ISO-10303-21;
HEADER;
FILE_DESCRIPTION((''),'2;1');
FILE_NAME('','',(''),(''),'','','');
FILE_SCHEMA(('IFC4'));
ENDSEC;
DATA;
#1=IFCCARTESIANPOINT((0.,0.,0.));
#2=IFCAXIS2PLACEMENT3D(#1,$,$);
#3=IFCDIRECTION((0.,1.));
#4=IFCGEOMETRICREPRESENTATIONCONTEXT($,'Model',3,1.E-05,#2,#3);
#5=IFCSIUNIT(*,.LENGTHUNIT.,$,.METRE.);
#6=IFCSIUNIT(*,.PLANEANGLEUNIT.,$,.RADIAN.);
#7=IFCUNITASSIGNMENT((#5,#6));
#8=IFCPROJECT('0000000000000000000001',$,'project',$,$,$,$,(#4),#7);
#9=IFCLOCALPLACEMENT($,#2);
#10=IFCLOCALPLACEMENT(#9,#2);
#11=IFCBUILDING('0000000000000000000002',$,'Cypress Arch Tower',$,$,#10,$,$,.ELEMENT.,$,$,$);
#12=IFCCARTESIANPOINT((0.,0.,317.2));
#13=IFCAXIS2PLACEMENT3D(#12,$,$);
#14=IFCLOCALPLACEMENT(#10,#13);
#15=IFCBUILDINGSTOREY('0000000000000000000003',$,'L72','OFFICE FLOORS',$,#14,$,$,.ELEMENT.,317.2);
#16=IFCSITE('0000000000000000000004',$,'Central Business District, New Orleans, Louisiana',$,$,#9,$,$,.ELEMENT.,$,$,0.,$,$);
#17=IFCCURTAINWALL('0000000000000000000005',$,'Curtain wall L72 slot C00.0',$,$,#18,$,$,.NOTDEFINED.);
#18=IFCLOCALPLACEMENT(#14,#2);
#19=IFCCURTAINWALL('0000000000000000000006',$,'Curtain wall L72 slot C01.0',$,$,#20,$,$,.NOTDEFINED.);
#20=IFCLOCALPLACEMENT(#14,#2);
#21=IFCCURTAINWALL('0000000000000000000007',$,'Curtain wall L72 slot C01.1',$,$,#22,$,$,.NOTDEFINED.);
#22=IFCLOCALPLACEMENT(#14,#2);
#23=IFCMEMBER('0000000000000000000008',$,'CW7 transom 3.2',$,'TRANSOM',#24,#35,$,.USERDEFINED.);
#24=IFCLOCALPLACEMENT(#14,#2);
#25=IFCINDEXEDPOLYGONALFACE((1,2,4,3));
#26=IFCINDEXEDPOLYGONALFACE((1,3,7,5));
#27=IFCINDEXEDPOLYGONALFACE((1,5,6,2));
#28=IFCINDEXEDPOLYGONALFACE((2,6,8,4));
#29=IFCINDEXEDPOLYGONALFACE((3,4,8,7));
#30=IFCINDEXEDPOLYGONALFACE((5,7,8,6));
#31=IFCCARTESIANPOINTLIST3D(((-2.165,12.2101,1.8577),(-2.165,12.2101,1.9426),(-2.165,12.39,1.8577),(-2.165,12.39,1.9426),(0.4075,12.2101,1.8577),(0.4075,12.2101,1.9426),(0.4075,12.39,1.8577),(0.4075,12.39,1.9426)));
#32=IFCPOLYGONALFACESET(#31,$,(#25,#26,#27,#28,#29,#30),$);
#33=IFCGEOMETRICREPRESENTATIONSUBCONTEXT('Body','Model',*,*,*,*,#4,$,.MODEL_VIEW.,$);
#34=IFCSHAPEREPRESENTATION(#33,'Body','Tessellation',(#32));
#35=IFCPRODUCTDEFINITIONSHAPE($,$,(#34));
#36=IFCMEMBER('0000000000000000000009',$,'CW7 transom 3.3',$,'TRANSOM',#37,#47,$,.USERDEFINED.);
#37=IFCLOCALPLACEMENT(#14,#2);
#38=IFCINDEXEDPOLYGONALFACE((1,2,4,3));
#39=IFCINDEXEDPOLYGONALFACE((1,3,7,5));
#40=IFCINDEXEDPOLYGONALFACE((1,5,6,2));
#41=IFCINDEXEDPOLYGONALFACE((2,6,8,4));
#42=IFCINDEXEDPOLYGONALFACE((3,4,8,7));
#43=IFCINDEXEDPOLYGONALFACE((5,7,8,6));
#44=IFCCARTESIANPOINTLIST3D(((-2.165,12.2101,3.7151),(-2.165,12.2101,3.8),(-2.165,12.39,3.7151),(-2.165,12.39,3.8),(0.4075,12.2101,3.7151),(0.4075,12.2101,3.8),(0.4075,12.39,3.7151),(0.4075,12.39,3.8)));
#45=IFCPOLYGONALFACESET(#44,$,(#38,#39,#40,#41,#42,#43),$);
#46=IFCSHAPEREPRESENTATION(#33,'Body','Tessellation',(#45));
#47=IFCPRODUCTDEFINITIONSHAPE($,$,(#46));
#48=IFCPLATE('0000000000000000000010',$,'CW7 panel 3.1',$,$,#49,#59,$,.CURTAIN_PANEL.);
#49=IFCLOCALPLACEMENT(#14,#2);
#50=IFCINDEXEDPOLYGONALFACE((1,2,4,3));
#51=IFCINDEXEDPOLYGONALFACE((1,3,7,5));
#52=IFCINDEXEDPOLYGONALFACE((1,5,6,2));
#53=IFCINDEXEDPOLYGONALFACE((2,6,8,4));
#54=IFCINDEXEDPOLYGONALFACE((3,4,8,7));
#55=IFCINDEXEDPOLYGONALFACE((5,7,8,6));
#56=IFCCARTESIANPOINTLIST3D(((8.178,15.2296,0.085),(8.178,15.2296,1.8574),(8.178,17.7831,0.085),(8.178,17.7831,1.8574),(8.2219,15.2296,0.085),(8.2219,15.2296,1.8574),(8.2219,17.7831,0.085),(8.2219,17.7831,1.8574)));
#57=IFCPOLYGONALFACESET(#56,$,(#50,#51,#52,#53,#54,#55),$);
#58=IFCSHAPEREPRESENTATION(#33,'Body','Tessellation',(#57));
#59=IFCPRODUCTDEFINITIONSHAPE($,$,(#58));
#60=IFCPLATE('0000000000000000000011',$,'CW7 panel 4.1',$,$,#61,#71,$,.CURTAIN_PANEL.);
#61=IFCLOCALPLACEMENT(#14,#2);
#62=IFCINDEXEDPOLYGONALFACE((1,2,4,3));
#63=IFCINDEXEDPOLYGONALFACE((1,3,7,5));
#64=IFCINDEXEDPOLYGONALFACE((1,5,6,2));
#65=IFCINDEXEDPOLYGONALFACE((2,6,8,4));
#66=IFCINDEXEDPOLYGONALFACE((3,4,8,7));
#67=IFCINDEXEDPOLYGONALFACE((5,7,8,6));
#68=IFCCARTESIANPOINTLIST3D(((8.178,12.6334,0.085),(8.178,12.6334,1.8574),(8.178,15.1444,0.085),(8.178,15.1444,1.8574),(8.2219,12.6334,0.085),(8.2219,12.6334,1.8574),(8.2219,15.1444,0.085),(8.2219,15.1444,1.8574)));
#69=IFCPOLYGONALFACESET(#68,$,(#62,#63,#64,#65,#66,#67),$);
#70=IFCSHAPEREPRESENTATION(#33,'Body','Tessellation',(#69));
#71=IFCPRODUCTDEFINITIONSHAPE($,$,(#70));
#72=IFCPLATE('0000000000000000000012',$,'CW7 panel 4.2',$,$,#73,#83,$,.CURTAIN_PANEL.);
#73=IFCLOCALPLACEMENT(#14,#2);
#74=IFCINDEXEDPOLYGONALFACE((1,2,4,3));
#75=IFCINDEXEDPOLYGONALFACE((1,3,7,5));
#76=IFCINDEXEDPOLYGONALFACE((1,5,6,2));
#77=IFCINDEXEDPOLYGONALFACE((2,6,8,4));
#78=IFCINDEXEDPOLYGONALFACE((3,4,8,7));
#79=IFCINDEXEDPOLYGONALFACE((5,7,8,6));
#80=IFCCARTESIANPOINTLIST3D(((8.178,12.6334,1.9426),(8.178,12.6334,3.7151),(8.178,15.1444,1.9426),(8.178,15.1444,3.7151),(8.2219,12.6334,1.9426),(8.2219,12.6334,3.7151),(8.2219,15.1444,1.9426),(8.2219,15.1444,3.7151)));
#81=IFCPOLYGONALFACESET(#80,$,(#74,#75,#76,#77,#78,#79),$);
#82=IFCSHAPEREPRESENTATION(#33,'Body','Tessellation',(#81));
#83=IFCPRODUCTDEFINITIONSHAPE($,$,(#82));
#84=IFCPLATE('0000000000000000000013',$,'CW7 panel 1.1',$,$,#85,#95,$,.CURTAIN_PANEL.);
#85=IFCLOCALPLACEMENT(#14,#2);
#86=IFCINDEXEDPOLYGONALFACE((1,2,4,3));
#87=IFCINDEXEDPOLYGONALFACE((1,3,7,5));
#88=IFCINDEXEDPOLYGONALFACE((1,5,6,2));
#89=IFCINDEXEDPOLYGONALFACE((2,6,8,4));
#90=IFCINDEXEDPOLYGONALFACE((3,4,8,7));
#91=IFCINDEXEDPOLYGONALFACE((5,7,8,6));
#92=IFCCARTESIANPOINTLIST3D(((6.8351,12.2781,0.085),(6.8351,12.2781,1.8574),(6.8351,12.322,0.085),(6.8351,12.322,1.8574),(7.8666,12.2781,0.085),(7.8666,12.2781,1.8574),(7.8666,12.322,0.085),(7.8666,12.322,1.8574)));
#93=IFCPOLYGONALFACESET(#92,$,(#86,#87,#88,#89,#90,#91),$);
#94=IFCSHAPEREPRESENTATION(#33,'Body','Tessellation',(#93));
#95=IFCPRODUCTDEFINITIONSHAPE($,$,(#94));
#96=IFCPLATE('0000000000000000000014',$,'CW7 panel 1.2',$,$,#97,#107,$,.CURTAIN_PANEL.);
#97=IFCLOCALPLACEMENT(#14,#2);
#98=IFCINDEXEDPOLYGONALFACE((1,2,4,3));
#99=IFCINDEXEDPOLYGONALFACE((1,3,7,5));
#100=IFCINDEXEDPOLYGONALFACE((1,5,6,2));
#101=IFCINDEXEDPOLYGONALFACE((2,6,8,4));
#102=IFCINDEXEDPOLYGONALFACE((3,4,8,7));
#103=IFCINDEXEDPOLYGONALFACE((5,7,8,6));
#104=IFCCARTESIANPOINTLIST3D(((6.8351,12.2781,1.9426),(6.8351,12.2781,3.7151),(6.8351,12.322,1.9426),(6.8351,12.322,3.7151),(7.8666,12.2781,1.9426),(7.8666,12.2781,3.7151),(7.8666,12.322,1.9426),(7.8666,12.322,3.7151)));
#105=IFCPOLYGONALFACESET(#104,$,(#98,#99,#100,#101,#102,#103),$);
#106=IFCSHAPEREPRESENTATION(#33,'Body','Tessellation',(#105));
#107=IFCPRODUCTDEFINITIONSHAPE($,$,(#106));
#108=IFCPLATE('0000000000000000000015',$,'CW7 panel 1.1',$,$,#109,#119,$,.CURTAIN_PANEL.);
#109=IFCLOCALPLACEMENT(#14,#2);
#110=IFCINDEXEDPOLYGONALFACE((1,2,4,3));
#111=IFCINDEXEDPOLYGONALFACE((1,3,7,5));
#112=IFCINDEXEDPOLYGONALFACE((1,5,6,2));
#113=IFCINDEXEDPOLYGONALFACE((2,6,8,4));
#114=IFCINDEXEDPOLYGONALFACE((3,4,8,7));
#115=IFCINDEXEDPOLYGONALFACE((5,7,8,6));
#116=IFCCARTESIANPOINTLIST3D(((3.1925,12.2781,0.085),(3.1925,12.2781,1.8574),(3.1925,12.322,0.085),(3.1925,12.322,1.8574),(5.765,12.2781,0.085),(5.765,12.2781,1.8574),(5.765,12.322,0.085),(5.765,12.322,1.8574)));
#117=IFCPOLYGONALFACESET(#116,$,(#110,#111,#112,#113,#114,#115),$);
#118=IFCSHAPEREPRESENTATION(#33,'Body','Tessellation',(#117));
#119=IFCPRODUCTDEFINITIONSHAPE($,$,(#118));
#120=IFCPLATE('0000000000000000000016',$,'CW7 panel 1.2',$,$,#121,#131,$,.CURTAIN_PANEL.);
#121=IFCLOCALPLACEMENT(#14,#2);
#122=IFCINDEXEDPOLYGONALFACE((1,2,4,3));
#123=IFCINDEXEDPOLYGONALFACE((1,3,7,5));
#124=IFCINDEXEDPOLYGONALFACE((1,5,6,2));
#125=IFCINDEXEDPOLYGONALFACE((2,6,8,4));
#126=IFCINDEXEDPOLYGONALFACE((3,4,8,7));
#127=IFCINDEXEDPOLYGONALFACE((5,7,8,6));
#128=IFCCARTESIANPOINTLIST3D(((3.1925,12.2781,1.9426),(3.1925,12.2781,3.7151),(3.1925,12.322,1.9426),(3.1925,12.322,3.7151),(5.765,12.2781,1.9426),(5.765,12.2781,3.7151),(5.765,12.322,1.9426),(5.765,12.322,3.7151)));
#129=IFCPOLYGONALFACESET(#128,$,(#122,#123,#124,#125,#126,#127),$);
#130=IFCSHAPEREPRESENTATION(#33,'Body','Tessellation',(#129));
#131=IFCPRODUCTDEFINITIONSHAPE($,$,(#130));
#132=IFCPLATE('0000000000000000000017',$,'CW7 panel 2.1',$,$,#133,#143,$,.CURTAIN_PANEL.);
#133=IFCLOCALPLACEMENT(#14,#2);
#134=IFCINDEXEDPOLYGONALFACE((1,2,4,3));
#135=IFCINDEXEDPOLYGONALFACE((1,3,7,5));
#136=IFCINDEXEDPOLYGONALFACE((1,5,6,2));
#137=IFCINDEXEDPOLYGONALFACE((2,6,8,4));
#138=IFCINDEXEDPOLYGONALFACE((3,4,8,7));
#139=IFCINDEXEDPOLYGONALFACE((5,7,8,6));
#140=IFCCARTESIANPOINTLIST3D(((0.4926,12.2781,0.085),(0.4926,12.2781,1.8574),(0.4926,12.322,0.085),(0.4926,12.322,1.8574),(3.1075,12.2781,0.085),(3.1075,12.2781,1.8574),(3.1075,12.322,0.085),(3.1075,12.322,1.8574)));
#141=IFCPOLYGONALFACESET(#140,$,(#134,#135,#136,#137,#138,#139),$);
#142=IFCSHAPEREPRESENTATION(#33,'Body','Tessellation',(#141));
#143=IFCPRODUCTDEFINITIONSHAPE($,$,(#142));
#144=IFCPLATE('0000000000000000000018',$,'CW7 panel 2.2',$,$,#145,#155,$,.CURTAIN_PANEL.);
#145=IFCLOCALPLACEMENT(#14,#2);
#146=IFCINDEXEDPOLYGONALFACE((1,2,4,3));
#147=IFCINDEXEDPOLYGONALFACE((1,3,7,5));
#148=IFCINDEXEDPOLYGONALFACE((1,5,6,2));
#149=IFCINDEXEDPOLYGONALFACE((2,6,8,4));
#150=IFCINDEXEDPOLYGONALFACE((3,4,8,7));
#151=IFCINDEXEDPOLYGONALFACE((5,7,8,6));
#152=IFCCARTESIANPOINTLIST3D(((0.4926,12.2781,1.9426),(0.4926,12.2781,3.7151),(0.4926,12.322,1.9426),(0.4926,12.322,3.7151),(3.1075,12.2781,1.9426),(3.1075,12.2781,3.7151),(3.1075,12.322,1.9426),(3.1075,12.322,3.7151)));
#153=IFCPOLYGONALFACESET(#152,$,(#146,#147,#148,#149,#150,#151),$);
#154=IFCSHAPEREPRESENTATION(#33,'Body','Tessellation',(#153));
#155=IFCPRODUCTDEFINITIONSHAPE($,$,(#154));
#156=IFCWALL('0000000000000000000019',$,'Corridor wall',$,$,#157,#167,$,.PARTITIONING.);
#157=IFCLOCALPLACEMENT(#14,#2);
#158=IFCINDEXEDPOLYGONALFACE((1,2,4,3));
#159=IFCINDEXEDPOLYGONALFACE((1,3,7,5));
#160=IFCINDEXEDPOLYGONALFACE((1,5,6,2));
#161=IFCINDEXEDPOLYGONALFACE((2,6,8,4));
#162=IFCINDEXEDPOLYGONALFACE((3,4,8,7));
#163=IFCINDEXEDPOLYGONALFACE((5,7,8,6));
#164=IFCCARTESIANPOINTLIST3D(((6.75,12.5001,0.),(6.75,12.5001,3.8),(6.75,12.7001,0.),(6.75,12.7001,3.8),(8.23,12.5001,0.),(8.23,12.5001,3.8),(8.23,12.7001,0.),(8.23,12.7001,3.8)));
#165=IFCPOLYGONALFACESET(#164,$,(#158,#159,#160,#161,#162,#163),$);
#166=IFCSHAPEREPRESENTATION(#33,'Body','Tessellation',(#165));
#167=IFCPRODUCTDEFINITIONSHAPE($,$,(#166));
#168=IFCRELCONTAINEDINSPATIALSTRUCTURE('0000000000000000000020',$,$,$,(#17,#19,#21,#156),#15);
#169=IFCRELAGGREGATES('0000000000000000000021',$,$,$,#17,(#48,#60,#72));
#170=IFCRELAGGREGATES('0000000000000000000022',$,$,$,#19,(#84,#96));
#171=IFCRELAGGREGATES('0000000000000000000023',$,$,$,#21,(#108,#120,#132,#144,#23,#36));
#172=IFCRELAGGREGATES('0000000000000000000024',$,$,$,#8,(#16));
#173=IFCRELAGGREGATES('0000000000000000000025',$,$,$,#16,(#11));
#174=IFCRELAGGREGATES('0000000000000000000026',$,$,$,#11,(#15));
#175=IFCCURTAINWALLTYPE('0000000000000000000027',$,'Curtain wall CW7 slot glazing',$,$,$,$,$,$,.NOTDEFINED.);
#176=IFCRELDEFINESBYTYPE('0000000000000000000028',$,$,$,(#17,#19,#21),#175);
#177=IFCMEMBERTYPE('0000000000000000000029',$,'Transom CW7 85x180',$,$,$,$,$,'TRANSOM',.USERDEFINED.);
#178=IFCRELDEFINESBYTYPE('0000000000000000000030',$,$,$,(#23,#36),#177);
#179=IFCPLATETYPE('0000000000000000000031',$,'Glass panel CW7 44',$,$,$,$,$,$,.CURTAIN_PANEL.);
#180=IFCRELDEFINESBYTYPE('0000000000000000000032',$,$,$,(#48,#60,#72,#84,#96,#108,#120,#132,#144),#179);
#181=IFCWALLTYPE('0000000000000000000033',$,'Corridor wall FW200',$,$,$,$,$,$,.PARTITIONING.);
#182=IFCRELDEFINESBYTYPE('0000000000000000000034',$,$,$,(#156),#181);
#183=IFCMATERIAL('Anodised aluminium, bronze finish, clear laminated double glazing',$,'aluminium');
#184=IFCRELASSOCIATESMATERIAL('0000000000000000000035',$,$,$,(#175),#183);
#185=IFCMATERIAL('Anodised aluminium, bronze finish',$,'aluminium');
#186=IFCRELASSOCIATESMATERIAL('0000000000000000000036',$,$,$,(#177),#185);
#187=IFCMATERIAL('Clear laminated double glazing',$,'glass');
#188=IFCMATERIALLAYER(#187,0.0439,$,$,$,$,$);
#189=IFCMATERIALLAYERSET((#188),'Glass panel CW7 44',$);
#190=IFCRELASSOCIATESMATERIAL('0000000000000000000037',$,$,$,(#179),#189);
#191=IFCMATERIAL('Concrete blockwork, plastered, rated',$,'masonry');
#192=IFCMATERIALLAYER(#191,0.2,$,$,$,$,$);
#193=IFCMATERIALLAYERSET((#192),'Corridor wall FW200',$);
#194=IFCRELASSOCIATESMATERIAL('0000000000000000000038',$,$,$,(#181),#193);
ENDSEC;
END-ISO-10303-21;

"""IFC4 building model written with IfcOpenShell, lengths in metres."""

from ifc_helpers import new_model, si_unit, direction, frame, frame_2d, origin, origin_2d, place, context, subcontext, project, spatial, rectangle, extrude, material, layer, layer_set, material_profile, profile_set, type_object, element, aggregate, save


model = new_model("IFC4")

# Units and contexts
model_context = context("Model", 3, precision=1e-05, world=origin(), true_north=direction((0.0, 1.0)))
body_context = subcontext(model_context, "Body", "Model", "MODEL_VIEW")
ifc_project = project(units=[si_unit("LENGTHUNIT", "METRE"), si_unit("PLANEANGLEUNIT", "RADIAN")], contexts=[model_context])

# Site, building, storey
site_placement = place(None, origin())
site = spatial("IfcSite", under=ifc_project, at=site_placement, Name="Central Business District, New Orleans, Louisiana", CompositionType="ELEMENT", RefElevation=0.0)
building_placement = place(site_placement, origin())
building = spatial("IfcBuilding", under=site, at=building_placement, Name="Cypress Arch Tower", CompositionType="ELEMENT")
storey_placement = place(building_placement, frame((0.0, 0.0, 317.2)))
storey = spatial("IfcBuildingStorey", under=building, at=storey_placement, Name="L72", Description="OFFICE FLOORS", CompositionType="ELEMENT", Elevation=317.2)

# Curtain walls
ifc_material_1 = material(Name="Anodised aluminium, bronze finish, clear laminated double glazing", Category="aluminium")
curtain_wall_type = type_object("IfcCurtainWallType", Name="Curtain wall CW7 slot glazing", PredefinedType="NOTDEFINED", material=ifc_material_1)
curtain_wall_1_placement = place(storey_placement, origin())
curtain_wall_1 = element("IfcCurtainWall", 1, at=curtain_wall_1_placement, inside=storey, type_object=curtain_wall_type, Name="Curtain wall L72 slot C00.0", PredefinedType="NOTDEFINED")
curtain_wall_2_placement = place(storey_placement, origin())
curtain_wall_2 = element("IfcCurtainWall", 2, at=curtain_wall_2_placement, inside=storey, type_object=curtain_wall_type, Name="Curtain wall L72 slot C01.0", PredefinedType="NOTDEFINED")
curtain_wall_3_placement = place(storey_placement, origin())
curtain_wall_3 = element("IfcCurtainWall", 3, at=curtain_wall_3_placement, inside=storey, type_object=curtain_wall_type, Name="Curtain wall L72 slot C01.1", PredefinedType="NOTDEFINED")

# Members
ifc_material_2 = material(Name="Anodised aluminium, bronze finish", Category="aluminium")
ifc_material_profile_1 = material_profile(ifc_material_2, rectangle(XDim=0.1799, YDim=0.085, at=origin_2d()), Name="Transom 85x180")
ifc_profile_set_1 = profile_set([ifc_material_profile_1], Name="Anodised aluminium, bronze finish")
member_type_1 = type_object("IfcMemberType", Name="Transom CW7 85x180", ElementType="TRANSOM", PredefinedType="USERDEFINED", material=ifc_profile_set_1)
member_1_placement = place(storey_placement, frame((0.4075, 12.3, 1.9001), z_axis=(-1.0, 0.0, 0.0), x_axis=(0.0, -1.0, 0.0)))
member_1 = element("IfcMember", 4, at=member_1_placement, type_object=member_type_1, Name="CW7 transom 3.2", ObjectType="TRANSOM", PredefinedType="USERDEFINED", context=body_context, shape_type="SweptSolid", body=[
    extrude(rectangle(XDim=0.1799, YDim=0.085, at=origin_2d()), origin(), (0.0, 0.0, 1.0), 2.5725),
])
member_2_placement = place(storey_placement, frame((0.4075, 12.3, 3.7576), z_axis=(-1.0, 0.0, 0.0), x_axis=(0.0, -1.0, 0.0)))
member_2 = element("IfcMember", 5, at=member_2_placement, type_object=member_type_1, Name="CW7 transom 3.3", ObjectType="TRANSOM", PredefinedType="USERDEFINED", context=body_context, shape_type="SweptSolid", body=[
    extrude(rectangle(XDim=0.1799, YDim=0.085, at=origin_2d()), origin(), (0.0, 0.0, 1.0), 2.5725),
])

# Plates
ifc_material_3 = material(Name="Clear laminated double glazing", Category="glass")
ifc_layer_1 = layer(ifc_material_3, 0.0439)
ifc_layer_set_1 = layer_set([ifc_layer_1], Name="Glass panel CW7 44")
plate_type = type_object("IfcPlateType", Name="Glass panel CW7 44", PredefinedType="CURTAIN_PANEL", material=ifc_layer_set_1)
plate_1_placement = place(storey_placement, frame((8.2, 16.5063, 0.085), z_axis=(0.0, 0.0, 1.0), x_axis=(0.0, -1.0, 0.0)))
plate_1 = element("IfcPlate", 6, at=plate_1_placement, type_object=plate_type, Name="CW7 panel 3.1", PredefinedType="CURTAIN_PANEL", context=body_context, shape_type="SweptSolid", body=[
    extrude(rectangle(XDim=2.5535, YDim=0.0439, at=origin_2d()), origin(), (0.0, 0.0, 1.0), 1.7725),
])
plate_2_placement = place(storey_placement, frame((8.2, 13.8889, 0.085), z_axis=(0.0, 0.0, 1.0), x_axis=(0.0, -1.0, 0.0)))
plate_2 = element("IfcPlate", 7, at=plate_2_placement, type_object=plate_type, Name="CW7 panel 4.1", PredefinedType="CURTAIN_PANEL", context=body_context, shape_type="SweptSolid", body=[
    extrude(rectangle(XDim=2.511, YDim=0.0439, at=origin_2d()), origin(), (0.0, 0.0, 1.0), 1.7725),
])
plate_3_placement = place(storey_placement, frame((8.2, 13.8889, 1.9426), z_axis=(0.0, 0.0, 1.0), x_axis=(0.0, -1.0, 0.0)))
plate_3 = element("IfcPlate", 8, at=plate_3_placement, type_object=plate_type, Name="CW7 panel 4.2", PredefinedType="CURTAIN_PANEL", context=body_context, shape_type="SweptSolid", body=[
    extrude(rectangle(XDim=2.511, YDim=0.0439, at=origin_2d()), origin(), (0.0, 0.0, 1.0), 1.7725),
])
aggregate(curtain_wall_1, [plate_1, plate_2, plate_3])
plate_4_placement = place(storey_placement, frame((7.3508, 12.3, 0.085), z_axis=(0.0, 0.0, 1.0), x_axis=(-1.0, 0.0, 0.0)))
plate_4 = element("IfcPlate", 9, at=plate_4_placement, type_object=plate_type, Name="CW7 panel 1.1", PredefinedType="CURTAIN_PANEL", context=body_context, shape_type="SweptSolid", body=[
    extrude(rectangle(XDim=1.0315, YDim=0.0439, at=origin_2d()), origin(), (0.0, 0.0, 1.0), 1.7725),
])
plate_5_placement = place(storey_placement, frame((7.3508, 12.3, 1.9426), z_axis=(0.0, 0.0, 1.0), x_axis=(-1.0, 0.0, 0.0)))
plate_5 = element("IfcPlate", 10, at=plate_5_placement, type_object=plate_type, Name="CW7 panel 1.2", PredefinedType="CURTAIN_PANEL", context=body_context, shape_type="SweptSolid", body=[
    extrude(rectangle(XDim=1.0315, YDim=0.0439, at=origin_2d()), origin(), (0.0, 0.0, 1.0), 1.7725),
])
aggregate(curtain_wall_2, [plate_4, plate_5])
plate_6_placement = place(storey_placement, frame((4.4788, 12.3, 0.085), z_axis=(0.0, 0.0, 1.0), x_axis=(-1.0, 0.0, 0.0)))
plate_6 = element("IfcPlate", 11, at=plate_6_placement, type_object=plate_type, Name="CW7 panel 1.1", PredefinedType="CURTAIN_PANEL", context=body_context, shape_type="SweptSolid", body=[
    extrude(rectangle(XDim=2.5725, YDim=0.0439, at=origin_2d()), origin(), (0.0, 0.0, 1.0), 1.7725),
])
plate_7_placement = place(storey_placement, frame((4.4788, 12.3, 1.9426), z_axis=(0.0, 0.0, 1.0), x_axis=(-1.0, 0.0, 0.0)))
plate_7 = element("IfcPlate", 12, at=plate_7_placement, type_object=plate_type, Name="CW7 panel 1.2", PredefinedType="CURTAIN_PANEL", context=body_context, shape_type="SweptSolid", body=[
    extrude(rectangle(XDim=2.5725, YDim=0.0439, at=origin_2d()), origin(), (0.0, 0.0, 1.0), 1.7725),
])
plate_8_placement = place(storey_placement, frame((1.8, 12.3, 0.085), z_axis=(0.0, 0.0, 1.0), x_axis=(-1.0, 0.0, 0.0)))
plate_8 = element("IfcPlate", 13, at=plate_8_placement, type_object=plate_type, Name="CW7 panel 2.1", PredefinedType="CURTAIN_PANEL", context=body_context, shape_type="SweptSolid", body=[
    extrude(rectangle(XDim=2.615, YDim=0.0439, at=origin_2d()), origin(), (0.0, 0.0, 1.0), 1.7725),
])
plate_9_placement = place(storey_placement, frame((1.8, 12.3, 1.9426), z_axis=(0.0, 0.0, 1.0), x_axis=(-1.0, 0.0, 0.0)))
plate_9 = element("IfcPlate", 14, at=plate_9_placement, type_object=plate_type, Name="CW7 panel 2.2", PredefinedType="CURTAIN_PANEL", context=body_context, shape_type="SweptSolid", body=[
    extrude(rectangle(XDim=2.615, YDim=0.0439, at=origin_2d()), origin(), (0.0, 0.0, 1.0), 1.7725),
])
aggregate(curtain_wall_3, [plate_6, plate_7, plate_8, plate_9, member_1, member_2])

# Wall
ifc_material_4 = material(Name="Concrete blockwork, plastered, rated", Category="masonry")
ifc_layer_2 = layer(ifc_material_4, 0.2)
ifc_layer_set_2 = layer_set([ifc_layer_2], Name="Corridor wall FW200")
wall_type = type_object("IfcWallType", Name="Corridor wall FW200", PredefinedType="PARTITIONING", material=ifc_layer_set_2)
wall_placement = place(storey_placement, frame((6.75, 12.6001, 0.0), z_axis=(0.0, 0.0, 1.0), x_axis=(1.0, 0.0, 0.0)))
element("IfcWall", 15, at=wall_placement, inside=storey, type_object=wall_type, Name="Corridor wall", PredefinedType="PARTITIONING", context=body_context, shape_type="SweptSolid", body=[
    extrude(rectangle(XDim=1.48, YDim=0.2, at=frame_2d((0.74, 0.0))), origin(), (0.0, 0.0, 1.0), 3.8),
])

save(model, "model.ifc")
